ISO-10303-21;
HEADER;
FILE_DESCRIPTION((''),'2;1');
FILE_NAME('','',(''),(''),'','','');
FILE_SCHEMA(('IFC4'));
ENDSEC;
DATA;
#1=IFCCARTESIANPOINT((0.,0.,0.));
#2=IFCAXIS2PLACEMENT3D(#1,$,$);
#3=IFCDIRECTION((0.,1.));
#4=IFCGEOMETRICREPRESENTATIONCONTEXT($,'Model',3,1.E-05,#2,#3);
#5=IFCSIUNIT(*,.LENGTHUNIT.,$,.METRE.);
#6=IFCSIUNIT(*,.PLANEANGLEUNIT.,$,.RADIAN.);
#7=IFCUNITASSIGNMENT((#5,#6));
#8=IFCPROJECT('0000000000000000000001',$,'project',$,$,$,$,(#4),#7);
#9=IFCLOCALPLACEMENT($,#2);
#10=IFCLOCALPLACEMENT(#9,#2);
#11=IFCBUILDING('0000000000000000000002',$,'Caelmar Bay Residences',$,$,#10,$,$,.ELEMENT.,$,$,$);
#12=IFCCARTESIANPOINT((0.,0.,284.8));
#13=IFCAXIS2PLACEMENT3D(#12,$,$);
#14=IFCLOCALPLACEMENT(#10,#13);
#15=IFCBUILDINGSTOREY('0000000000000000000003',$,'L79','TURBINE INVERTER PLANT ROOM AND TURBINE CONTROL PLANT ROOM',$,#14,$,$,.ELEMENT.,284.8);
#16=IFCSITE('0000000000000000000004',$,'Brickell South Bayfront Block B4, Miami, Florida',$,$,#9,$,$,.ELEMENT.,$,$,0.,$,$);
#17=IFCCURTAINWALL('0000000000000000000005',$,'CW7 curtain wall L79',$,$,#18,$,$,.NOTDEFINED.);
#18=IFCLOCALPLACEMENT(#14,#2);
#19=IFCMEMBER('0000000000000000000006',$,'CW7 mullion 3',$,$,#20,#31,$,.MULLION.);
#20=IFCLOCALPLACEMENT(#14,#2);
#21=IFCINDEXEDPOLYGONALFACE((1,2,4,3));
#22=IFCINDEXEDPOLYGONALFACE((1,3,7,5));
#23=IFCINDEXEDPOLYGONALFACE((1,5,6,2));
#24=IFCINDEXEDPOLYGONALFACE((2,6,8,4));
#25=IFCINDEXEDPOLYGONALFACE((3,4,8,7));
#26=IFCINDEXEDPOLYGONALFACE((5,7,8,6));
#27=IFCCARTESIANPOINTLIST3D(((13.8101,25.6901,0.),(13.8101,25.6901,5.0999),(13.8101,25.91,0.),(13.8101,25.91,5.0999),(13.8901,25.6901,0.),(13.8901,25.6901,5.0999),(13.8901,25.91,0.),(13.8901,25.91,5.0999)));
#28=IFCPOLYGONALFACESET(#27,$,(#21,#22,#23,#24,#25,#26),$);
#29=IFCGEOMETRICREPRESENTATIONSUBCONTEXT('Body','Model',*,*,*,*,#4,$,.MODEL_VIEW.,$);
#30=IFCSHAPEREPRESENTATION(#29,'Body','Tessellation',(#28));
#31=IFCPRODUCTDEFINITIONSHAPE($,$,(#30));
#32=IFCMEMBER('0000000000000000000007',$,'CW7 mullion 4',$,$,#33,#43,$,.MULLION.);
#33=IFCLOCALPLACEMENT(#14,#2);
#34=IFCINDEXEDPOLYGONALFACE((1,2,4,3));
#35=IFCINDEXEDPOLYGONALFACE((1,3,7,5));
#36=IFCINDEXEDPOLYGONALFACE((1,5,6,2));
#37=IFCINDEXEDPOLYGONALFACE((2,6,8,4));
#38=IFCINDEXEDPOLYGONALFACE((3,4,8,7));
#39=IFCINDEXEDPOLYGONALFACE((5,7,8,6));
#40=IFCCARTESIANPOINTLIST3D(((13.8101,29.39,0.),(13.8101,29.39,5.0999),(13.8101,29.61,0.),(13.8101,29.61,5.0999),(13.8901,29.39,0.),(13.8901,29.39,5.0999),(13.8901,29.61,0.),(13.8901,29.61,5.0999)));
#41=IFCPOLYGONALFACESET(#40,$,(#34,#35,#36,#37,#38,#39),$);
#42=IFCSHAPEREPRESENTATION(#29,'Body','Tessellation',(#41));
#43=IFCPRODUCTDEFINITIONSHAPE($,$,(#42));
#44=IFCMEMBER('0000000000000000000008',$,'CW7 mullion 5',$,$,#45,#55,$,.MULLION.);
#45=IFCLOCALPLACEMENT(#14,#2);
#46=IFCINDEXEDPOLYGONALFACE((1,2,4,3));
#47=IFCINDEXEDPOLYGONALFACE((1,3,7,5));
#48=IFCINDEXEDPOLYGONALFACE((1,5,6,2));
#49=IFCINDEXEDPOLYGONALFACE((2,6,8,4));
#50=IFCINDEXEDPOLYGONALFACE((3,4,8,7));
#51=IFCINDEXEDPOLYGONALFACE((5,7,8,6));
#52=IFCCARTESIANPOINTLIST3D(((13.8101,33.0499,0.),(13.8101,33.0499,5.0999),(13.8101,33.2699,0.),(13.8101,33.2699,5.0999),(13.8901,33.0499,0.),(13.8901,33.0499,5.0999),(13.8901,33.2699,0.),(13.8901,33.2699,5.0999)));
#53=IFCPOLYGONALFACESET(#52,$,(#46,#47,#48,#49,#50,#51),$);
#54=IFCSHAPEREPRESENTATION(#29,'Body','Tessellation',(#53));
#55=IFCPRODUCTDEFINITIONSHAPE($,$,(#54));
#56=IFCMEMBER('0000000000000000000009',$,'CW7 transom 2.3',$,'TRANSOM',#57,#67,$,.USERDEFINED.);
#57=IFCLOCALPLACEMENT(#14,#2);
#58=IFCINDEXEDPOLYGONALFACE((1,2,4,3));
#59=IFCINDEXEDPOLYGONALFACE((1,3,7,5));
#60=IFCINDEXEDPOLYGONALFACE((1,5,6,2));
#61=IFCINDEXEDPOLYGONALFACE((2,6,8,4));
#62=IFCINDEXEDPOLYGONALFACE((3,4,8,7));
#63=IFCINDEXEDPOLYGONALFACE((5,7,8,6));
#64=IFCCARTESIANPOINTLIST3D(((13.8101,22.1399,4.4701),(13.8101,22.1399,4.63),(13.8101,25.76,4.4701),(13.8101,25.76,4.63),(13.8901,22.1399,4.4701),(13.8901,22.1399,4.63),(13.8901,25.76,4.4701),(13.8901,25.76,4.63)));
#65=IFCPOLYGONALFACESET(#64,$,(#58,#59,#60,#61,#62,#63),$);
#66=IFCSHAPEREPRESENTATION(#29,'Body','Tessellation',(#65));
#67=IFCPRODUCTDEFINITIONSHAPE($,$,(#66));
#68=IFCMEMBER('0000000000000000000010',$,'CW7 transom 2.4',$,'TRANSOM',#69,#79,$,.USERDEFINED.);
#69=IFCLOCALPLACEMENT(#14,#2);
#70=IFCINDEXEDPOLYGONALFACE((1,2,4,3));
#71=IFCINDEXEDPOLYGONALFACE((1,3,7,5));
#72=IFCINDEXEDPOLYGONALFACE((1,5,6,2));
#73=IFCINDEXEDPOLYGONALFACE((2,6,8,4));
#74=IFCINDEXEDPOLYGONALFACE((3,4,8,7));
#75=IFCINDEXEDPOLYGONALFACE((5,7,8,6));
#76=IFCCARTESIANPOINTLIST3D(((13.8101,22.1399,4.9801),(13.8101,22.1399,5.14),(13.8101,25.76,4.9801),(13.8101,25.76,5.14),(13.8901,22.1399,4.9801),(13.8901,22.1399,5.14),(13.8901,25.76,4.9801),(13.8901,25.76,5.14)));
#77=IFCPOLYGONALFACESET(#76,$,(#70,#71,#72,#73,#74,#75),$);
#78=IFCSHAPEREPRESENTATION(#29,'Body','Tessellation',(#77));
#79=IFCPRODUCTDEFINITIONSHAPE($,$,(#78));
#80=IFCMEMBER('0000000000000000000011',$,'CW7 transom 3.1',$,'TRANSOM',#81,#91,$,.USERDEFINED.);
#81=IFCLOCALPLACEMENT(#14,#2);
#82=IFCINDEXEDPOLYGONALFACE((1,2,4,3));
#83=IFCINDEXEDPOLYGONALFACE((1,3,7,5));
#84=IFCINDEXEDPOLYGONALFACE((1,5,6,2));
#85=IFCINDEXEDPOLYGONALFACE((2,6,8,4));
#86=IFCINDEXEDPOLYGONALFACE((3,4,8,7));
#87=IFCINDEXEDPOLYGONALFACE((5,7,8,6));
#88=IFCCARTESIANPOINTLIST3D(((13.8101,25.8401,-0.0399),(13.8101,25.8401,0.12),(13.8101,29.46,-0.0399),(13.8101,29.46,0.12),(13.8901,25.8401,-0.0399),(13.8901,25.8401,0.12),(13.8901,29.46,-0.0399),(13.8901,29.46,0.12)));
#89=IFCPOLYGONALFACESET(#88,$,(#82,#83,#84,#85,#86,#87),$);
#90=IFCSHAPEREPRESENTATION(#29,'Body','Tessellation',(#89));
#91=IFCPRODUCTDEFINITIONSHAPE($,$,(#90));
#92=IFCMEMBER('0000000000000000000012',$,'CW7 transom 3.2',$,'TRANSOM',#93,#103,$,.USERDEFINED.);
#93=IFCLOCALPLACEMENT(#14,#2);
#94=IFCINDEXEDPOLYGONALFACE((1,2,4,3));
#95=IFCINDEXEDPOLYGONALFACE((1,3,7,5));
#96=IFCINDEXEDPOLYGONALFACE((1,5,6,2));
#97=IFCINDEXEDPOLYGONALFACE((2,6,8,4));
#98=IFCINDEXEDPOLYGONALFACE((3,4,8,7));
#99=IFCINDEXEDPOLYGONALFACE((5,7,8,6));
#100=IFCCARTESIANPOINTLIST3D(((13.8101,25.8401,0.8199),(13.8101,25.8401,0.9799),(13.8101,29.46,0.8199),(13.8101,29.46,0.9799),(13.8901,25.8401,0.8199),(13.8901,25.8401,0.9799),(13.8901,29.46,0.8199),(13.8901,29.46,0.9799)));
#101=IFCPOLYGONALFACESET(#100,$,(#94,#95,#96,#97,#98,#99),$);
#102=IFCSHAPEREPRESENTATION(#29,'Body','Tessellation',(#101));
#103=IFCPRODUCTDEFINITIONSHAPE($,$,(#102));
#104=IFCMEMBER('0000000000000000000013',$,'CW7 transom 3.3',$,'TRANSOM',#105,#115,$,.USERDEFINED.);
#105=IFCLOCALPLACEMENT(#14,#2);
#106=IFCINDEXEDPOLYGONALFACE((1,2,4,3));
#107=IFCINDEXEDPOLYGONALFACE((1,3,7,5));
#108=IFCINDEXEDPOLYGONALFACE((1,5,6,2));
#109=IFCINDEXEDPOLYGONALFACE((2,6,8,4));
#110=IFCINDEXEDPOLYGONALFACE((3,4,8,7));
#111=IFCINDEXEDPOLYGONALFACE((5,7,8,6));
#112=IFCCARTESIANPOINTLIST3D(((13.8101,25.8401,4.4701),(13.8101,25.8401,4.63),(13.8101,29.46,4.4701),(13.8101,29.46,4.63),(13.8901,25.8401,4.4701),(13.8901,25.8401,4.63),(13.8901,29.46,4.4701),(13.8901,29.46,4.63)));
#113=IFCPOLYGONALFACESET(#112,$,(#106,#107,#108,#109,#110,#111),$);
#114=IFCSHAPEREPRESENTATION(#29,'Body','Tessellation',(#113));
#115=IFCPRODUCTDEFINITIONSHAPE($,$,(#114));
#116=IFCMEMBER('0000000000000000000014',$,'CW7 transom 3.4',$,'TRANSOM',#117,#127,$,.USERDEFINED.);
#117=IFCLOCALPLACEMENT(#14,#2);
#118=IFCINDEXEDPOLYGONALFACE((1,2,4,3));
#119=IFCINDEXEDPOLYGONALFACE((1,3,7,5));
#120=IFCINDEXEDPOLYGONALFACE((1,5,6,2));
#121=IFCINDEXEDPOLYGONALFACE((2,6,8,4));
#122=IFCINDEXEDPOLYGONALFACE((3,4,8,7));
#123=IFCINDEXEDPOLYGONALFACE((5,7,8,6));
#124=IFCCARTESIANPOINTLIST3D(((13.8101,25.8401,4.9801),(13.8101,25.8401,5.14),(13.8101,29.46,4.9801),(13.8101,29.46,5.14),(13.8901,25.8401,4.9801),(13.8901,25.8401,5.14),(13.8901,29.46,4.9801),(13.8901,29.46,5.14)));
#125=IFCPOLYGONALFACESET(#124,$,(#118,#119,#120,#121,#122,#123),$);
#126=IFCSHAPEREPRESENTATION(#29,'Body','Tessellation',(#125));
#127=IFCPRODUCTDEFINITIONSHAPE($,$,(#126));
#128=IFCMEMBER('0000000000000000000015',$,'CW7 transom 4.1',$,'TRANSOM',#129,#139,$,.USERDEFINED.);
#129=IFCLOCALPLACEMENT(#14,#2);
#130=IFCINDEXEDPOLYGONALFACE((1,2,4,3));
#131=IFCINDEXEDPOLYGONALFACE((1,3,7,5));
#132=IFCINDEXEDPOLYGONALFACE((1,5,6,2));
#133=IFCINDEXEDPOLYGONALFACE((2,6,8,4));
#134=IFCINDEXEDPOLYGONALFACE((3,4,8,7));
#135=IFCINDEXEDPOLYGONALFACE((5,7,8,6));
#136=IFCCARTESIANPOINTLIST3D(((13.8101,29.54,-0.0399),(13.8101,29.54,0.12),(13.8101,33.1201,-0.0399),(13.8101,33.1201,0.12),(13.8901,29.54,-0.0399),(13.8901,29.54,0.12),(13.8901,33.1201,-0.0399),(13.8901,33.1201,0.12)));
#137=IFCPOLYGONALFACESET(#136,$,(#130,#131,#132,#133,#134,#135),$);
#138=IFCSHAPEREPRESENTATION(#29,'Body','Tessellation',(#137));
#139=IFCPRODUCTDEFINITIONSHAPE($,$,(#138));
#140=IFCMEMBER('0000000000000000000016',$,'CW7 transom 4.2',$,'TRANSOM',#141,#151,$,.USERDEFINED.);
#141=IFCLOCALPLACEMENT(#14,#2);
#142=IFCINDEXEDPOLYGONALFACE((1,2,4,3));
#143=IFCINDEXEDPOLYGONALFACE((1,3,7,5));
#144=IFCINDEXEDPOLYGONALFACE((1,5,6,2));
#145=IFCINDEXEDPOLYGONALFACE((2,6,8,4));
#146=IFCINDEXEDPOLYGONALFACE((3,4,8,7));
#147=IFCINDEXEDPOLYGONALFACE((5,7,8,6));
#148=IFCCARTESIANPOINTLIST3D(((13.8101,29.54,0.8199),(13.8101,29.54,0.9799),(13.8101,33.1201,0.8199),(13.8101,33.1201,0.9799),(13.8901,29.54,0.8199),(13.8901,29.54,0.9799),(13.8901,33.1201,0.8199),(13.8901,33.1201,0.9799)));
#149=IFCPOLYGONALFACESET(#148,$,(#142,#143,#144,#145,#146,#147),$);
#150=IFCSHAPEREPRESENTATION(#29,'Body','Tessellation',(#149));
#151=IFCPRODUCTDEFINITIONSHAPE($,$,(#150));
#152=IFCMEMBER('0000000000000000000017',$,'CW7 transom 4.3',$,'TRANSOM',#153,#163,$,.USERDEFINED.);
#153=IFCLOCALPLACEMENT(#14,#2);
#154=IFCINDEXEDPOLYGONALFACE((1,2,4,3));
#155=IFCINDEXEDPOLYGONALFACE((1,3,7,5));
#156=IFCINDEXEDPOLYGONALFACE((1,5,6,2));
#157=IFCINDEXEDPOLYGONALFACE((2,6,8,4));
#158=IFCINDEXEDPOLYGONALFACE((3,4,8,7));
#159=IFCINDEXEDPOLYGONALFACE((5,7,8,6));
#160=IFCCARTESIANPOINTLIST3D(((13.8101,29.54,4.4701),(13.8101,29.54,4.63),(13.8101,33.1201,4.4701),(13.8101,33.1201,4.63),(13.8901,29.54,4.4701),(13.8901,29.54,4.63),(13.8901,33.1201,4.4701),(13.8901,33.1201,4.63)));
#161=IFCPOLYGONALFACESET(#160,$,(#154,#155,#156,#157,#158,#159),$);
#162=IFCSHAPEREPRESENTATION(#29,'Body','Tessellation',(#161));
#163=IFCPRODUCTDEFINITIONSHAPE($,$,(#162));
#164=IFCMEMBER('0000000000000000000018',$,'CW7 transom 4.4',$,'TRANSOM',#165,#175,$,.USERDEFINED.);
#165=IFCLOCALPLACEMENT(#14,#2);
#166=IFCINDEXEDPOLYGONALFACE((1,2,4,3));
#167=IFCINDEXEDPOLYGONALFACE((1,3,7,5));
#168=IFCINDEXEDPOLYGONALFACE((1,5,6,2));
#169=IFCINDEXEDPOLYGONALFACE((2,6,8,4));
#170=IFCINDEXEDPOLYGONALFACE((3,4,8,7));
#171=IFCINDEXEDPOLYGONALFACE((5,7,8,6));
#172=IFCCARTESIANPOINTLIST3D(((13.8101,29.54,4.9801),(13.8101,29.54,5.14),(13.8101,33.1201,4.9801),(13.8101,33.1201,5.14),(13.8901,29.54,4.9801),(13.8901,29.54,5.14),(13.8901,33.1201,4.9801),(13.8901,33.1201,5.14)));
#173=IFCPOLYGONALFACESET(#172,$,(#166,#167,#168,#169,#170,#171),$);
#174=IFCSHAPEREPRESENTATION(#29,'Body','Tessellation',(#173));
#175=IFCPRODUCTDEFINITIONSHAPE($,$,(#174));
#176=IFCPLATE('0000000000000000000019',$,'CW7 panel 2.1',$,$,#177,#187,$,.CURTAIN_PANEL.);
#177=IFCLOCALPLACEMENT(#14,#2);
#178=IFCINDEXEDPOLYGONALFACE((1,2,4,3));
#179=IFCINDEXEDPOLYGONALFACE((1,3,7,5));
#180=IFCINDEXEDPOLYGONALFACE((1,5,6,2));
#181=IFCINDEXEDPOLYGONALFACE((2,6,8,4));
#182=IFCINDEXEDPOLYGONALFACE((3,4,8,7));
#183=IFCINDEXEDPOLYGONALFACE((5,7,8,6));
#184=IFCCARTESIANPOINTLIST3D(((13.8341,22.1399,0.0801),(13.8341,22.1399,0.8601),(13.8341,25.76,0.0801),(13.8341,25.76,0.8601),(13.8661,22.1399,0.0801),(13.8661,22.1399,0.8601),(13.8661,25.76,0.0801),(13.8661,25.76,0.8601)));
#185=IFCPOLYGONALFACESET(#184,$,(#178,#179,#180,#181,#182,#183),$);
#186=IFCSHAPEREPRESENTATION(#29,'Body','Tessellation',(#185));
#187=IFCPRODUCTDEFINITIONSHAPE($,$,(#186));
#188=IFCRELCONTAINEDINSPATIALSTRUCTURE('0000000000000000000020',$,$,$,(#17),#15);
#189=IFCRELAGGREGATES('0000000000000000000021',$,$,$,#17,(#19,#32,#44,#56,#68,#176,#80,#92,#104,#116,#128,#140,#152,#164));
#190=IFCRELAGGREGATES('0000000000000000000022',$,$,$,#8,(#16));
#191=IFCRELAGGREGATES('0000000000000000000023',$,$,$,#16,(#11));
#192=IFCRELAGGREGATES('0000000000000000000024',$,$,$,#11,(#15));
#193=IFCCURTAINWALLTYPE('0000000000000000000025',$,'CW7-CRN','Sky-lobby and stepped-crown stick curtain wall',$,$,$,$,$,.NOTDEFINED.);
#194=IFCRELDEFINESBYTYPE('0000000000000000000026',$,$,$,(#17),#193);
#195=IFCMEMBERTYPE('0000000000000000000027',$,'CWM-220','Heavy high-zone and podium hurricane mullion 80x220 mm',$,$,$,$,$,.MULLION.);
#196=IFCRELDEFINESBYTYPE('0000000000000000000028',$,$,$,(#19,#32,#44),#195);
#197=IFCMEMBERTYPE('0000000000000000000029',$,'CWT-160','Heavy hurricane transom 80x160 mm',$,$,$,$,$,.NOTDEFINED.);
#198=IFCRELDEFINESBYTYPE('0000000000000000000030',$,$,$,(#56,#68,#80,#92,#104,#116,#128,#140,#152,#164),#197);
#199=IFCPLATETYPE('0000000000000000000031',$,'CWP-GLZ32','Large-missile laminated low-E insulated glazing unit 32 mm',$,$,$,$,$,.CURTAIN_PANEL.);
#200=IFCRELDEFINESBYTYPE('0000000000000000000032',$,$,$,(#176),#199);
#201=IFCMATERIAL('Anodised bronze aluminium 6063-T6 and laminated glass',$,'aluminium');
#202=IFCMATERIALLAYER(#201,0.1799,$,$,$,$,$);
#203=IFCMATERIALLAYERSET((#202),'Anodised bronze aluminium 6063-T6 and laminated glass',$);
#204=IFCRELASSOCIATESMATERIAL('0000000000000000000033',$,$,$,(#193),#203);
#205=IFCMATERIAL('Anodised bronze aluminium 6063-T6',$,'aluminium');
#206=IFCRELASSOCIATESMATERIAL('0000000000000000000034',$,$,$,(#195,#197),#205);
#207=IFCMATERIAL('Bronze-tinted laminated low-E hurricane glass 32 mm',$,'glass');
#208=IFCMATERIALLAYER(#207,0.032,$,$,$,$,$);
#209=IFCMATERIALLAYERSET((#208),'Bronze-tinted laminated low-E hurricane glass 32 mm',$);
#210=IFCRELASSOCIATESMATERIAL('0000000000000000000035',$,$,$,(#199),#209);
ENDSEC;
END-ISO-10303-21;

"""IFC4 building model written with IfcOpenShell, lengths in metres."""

from ifc_helpers import new_model, si_unit, direction, frame, origin, origin_2d, place, context, subcontext, project, spatial, rectangle, extrude, material, layer, layer_set, material_profile, profile_set, type_object, element, aggregate, save


model = new_model("IFC4")

# Units and contexts
model_context = context("Model", 3, precision=1e-05, world=origin(), true_north=direction((0.0, 1.0)))
body_context = subcontext(model_context, "Body", "Model", "MODEL_VIEW")
ifc_project = project(units=[si_unit("LENGTHUNIT", "METRE"), si_unit("PLANEANGLEUNIT", "RADIAN")], contexts=[model_context])

# Site, building, storey
site_placement = place(None, origin())
site = spatial("IfcSite", under=ifc_project, at=site_placement, Name="Brickell South Bayfront Block B4, Miami, Florida", CompositionType="ELEMENT", RefElevation=0.0)
building_placement = place(site_placement, origin())
building = spatial("IfcBuilding", under=site, at=building_placement, Name="Caelmar Bay Residences", CompositionType="ELEMENT")
storey_placement = place(building_placement, frame((0.0, 0.0, 284.8)))
storey = spatial("IfcBuildingStorey", under=building, at=storey_placement, Name="L79", Description="TURBINE INVERTER PLANT ROOM AND TURBINE CONTROL PLANT ROOM", CompositionType="ELEMENT", Elevation=284.8)

# Curtain wall, members, plate
ifc_material_1 = material(Name="Anodised bronze aluminium 6063-T6 and laminated glass", Category="aluminium")
ifc_layer_1 = layer(ifc_material_1, 0.1799)
ifc_layer_set_1 = layer_set([ifc_layer_1], Name="Anodised bronze aluminium 6063-T6 and laminated glass")
curtain_wall_type = type_object("IfcCurtainWallType", Name="CW7-CRN", Description="Sky-lobby and stepped-crown stick curtain wall", PredefinedType="NOTDEFINED", material=ifc_layer_set_1)
curtain_wall_placement = place(storey_placement, origin())
curtain_wall = element("IfcCurtainWall", 1, at=curtain_wall_placement, inside=storey, type_object=curtain_wall_type, Name="CW7 curtain wall L79", PredefinedType="NOTDEFINED")
ifc_material_2 = material(Name="Anodised bronze aluminium 6063-T6", Category="aluminium")
ifc_material_profile_1 = material_profile(ifc_material_2, rectangle(XDim=0.0801, YDim=0.22, at=origin_2d()), Name="CWM-80X220")
ifc_profile_set_1 = profile_set([ifc_material_profile_1], Name="Anodised bronze aluminium 6063-T6")
member_type_1 = type_object("IfcMemberType", Name="CWM-220", Description="Heavy high-zone and podium hurricane mullion 80x220 mm", PredefinedType="MULLION", material=ifc_profile_set_1)
member_1_placement = place(storey_placement, frame((13.8501, 25.8, 0.0), z_axis=(0.0, 0.0, 1.0), x_axis=(-1.0, 0.0, 0.0)))
member_1 = element("IfcMember", 2, at=member_1_placement, type_object=member_type_1, Name="CW7 mullion 3", PredefinedType="MULLION", context=body_context, shape_type="SweptSolid", body=[
    extrude(rectangle(XDim=0.0801, YDim=0.22, at=origin_2d()), origin(), (0.0, 0.0, 1.0), 5.0999),
])
member_2_placement = place(storey_placement, frame((13.8501, 29.5, 0.0), z_axis=(0.0, 0.0, 1.0), x_axis=(-1.0, 0.0, 0.0)))
member_2 = element("IfcMember", 3, at=member_2_placement, type_object=member_type_1, Name="CW7 mullion 4", PredefinedType="MULLION", context=body_context, shape_type="SweptSolid", body=[
    extrude(rectangle(XDim=0.0801, YDim=0.22, at=origin_2d()), origin(), (0.0, 0.0, 1.0), 5.0999),
])
member_3_placement = place(storey_placement, frame((13.8501, 33.1599, 0.0), z_axis=(0.0, 0.0, 1.0), x_axis=(-1.0, 0.0, 0.0)))
member_3 = element("IfcMember", 4, at=member_3_placement, type_object=member_type_1, Name="CW7 mullion 5", PredefinedType="MULLION", context=body_context, shape_type="SweptSolid", body=[
    extrude(rectangle(XDim=0.0801, YDim=0.22, at=origin_2d()), origin(), (0.0, 0.0, 1.0), 5.0999),
])
ifc_material_profile_2 = material_profile(ifc_material_2, rectangle(XDim=0.0801, YDim=0.1599, at=origin_2d()), Name="CWT-80X160")
ifc_profile_set_2 = profile_set([ifc_material_profile_2], Name="Anodised bronze aluminium 6063-T6")
member_type_2 = type_object("IfcMemberType", Name="CWT-160", Description="Heavy hurricane transom 80x160 mm", PredefinedType="NOTDEFINED", material=ifc_profile_set_2)
member_4_placement = place(storey_placement, frame((13.8501, 22.1399, 4.55), z_axis=(0.0, 1.0, 0.0), x_axis=(-1.0, 0.0, 0.0)))
member_4 = element("IfcMember", 5, at=member_4_placement, type_object=member_type_2, Name="CW7 transom 2.3", ObjectType="TRANSOM", PredefinedType="USERDEFINED", context=body_context, shape_type="SweptSolid", body=[
    extrude(rectangle(XDim=0.0801, YDim=0.1599, at=origin_2d()), origin(), (0.0, 0.0, 1.0), 3.6201),
])
member_5_placement = place(storey_placement, frame((13.8501, 22.1399, 5.0601), z_axis=(0.0, 1.0, 0.0), x_axis=(-1.0, 0.0, 0.0)))
member_5 = element("IfcMember", 6, at=member_5_placement, type_object=member_type_2, Name="CW7 transom 2.4", ObjectType="TRANSOM", PredefinedType="USERDEFINED", context=body_context, shape_type="SweptSolid", body=[
    extrude(rectangle(XDim=0.0801, YDim=0.1599, at=origin_2d()), origin(), (0.0, 0.0, 1.0), 3.6201),
])
member_6_placement = place(storey_placement, frame((13.8501, 25.8401, 0.04), z_axis=(0.0, 1.0, 0.0), x_axis=(-1.0, 0.0, 0.0)))
member_6 = element("IfcMember", 7, at=member_6_placement, type_object=member_type_2, Name="CW7 transom 3.1", ObjectType="TRANSOM", PredefinedType="USERDEFINED", context=body_context, shape_type="SweptSolid", body=[
    extrude(rectangle(XDim=0.0801, YDim=0.1599, at=origin_2d()), origin(), (0.0, 0.0, 1.0), 3.6199),
])
member_7_placement = place(storey_placement, frame((13.8501, 25.8401, 0.8999), z_axis=(0.0, 1.0, 0.0), x_axis=(-1.0, 0.0, 0.0)))
member_7 = element("IfcMember", 8, at=member_7_placement, type_object=member_type_2, Name="CW7 transom 3.2", ObjectType="TRANSOM", PredefinedType="USERDEFINED", context=body_context, shape_type="SweptSolid", body=[
    extrude(rectangle(XDim=0.0801, YDim=0.1599, at=origin_2d()), origin(), (0.0, 0.0, 1.0), 3.6199),
])
member_8_placement = place(storey_placement, frame((13.8501, 25.8401, 4.55), z_axis=(0.0, 1.0, 0.0), x_axis=(-1.0, 0.0, 0.0)))
member_8 = element("IfcMember", 9, at=member_8_placement, type_object=member_type_2, Name="CW7 transom 3.3", ObjectType="TRANSOM", PredefinedType="USERDEFINED", context=body_context, shape_type="SweptSolid", body=[
    extrude(rectangle(XDim=0.0801, YDim=0.1599, at=origin_2d()), origin(), (0.0, 0.0, 1.0), 3.6199),
])
member_9_placement = place(storey_placement, frame((13.8501, 25.8401, 5.0601), z_axis=(0.0, 1.0, 0.0), x_axis=(-1.0, 0.0, 0.0)))
member_9 = element("IfcMember", 10, at=member_9_placement, type_object=member_type_2, Name="CW7 transom 3.4", ObjectType="TRANSOM", PredefinedType="USERDEFINED", context=body_context, shape_type="SweptSolid", body=[
    extrude(rectangle(XDim=0.0801, YDim=0.1599, at=origin_2d()), origin(), (0.0, 0.0, 1.0), 3.6199),
])
member_10_placement = place(storey_placement, frame((13.8501, 29.54, 0.04), z_axis=(0.0, 1.0, 0.0), x_axis=(-1.0, 0.0, 0.0)))
member_10 = element("IfcMember", 11, at=member_10_placement, type_object=member_type_2, Name="CW7 transom 4.1", ObjectType="TRANSOM", PredefinedType="USERDEFINED", context=body_context, shape_type="SweptSolid", body=[
    extrude(rectangle(XDim=0.0801, YDim=0.1599, at=origin_2d()), origin(), (0.0, 0.0, 1.0), 3.5801),
])
member_11_placement = place(storey_placement, frame((13.8501, 29.54, 0.8999), z_axis=(0.0, 1.0, 0.0), x_axis=(-1.0, 0.0, 0.0)))
member_11 = element("IfcMember", 12, at=member_11_placement, type_object=member_type_2, Name="CW7 transom 4.2", ObjectType="TRANSOM", PredefinedType="USERDEFINED", context=body_context, shape_type="SweptSolid", body=[
    extrude(rectangle(XDim=0.0801, YDim=0.1599, at=origin_2d()), origin(), (0.0, 0.0, 1.0), 3.5801),
])
member_12_placement = place(storey_placement, frame((13.8501, 29.54, 4.55), z_axis=(0.0, 1.0, 0.0), x_axis=(-1.0, 0.0, 0.0)))
member_12 = element("IfcMember", 13, at=member_12_placement, type_object=member_type_2, Name="CW7 transom 4.3", ObjectType="TRANSOM", PredefinedType="USERDEFINED", context=body_context, shape_type="SweptSolid", body=[
    extrude(rectangle(XDim=0.0801, YDim=0.1599, at=origin_2d()), origin(), (0.0, 0.0, 1.0), 3.5801),
])
member_13_placement = place(storey_placement, frame((13.8501, 29.54, 5.0601), z_axis=(0.0, 1.0, 0.0), x_axis=(-1.0, 0.0, 0.0)))
member_13 = element("IfcMember", 14, at=member_13_placement, type_object=member_type_2, Name="CW7 transom 4.4", ObjectType="TRANSOM", PredefinedType="USERDEFINED", context=body_context, shape_type="SweptSolid", body=[
    extrude(rectangle(XDim=0.0801, YDim=0.1599, at=origin_2d()), origin(), (0.0, 0.0, 1.0), 3.5801),
])
ifc_material_3 = material(Name="Bronze-tinted laminated low-E hurricane glass 32 mm", Category="glass")
ifc_layer_2 = layer(ifc_material_3, 0.032)
ifc_layer_set_2 = layer_set([ifc_layer_2], Name="Bronze-tinted laminated low-E hurricane glass 32 mm")
plate_type = type_object("IfcPlateType", Name="CWP-GLZ32", Description="Large-missile laminated low-E insulated glazing unit 32 mm", PredefinedType="CURTAIN_PANEL", material=ifc_layer_set_2)
plate_1_placement = place(storey_placement, frame((13.8501, 23.95, 0.0801), z_axis=(0.0, 0.0, 1.0), x_axis=(0.0, 1.0, 0.0)))
plate_1 = element("IfcPlate", 15, at=plate_1_placement, type_object=plate_type, Name="CW7 panel 2.1", PredefinedType="CURTAIN_PANEL", context=body_context, shape_type="SweptSolid", body=[
    extrude(rectangle(XDim=3.6201, YDim=0.032, at=origin_2d()), origin(), (0.0, 0.0, 1.0), 0.78),
])
aggregate(curtain_wall, [member_1, member_2, member_3, member_4, member_5, plate_1, member_6, member_7, member_8, member_9, member_10, member_11, member_12, member_13])

save(model, "model.ifc")
